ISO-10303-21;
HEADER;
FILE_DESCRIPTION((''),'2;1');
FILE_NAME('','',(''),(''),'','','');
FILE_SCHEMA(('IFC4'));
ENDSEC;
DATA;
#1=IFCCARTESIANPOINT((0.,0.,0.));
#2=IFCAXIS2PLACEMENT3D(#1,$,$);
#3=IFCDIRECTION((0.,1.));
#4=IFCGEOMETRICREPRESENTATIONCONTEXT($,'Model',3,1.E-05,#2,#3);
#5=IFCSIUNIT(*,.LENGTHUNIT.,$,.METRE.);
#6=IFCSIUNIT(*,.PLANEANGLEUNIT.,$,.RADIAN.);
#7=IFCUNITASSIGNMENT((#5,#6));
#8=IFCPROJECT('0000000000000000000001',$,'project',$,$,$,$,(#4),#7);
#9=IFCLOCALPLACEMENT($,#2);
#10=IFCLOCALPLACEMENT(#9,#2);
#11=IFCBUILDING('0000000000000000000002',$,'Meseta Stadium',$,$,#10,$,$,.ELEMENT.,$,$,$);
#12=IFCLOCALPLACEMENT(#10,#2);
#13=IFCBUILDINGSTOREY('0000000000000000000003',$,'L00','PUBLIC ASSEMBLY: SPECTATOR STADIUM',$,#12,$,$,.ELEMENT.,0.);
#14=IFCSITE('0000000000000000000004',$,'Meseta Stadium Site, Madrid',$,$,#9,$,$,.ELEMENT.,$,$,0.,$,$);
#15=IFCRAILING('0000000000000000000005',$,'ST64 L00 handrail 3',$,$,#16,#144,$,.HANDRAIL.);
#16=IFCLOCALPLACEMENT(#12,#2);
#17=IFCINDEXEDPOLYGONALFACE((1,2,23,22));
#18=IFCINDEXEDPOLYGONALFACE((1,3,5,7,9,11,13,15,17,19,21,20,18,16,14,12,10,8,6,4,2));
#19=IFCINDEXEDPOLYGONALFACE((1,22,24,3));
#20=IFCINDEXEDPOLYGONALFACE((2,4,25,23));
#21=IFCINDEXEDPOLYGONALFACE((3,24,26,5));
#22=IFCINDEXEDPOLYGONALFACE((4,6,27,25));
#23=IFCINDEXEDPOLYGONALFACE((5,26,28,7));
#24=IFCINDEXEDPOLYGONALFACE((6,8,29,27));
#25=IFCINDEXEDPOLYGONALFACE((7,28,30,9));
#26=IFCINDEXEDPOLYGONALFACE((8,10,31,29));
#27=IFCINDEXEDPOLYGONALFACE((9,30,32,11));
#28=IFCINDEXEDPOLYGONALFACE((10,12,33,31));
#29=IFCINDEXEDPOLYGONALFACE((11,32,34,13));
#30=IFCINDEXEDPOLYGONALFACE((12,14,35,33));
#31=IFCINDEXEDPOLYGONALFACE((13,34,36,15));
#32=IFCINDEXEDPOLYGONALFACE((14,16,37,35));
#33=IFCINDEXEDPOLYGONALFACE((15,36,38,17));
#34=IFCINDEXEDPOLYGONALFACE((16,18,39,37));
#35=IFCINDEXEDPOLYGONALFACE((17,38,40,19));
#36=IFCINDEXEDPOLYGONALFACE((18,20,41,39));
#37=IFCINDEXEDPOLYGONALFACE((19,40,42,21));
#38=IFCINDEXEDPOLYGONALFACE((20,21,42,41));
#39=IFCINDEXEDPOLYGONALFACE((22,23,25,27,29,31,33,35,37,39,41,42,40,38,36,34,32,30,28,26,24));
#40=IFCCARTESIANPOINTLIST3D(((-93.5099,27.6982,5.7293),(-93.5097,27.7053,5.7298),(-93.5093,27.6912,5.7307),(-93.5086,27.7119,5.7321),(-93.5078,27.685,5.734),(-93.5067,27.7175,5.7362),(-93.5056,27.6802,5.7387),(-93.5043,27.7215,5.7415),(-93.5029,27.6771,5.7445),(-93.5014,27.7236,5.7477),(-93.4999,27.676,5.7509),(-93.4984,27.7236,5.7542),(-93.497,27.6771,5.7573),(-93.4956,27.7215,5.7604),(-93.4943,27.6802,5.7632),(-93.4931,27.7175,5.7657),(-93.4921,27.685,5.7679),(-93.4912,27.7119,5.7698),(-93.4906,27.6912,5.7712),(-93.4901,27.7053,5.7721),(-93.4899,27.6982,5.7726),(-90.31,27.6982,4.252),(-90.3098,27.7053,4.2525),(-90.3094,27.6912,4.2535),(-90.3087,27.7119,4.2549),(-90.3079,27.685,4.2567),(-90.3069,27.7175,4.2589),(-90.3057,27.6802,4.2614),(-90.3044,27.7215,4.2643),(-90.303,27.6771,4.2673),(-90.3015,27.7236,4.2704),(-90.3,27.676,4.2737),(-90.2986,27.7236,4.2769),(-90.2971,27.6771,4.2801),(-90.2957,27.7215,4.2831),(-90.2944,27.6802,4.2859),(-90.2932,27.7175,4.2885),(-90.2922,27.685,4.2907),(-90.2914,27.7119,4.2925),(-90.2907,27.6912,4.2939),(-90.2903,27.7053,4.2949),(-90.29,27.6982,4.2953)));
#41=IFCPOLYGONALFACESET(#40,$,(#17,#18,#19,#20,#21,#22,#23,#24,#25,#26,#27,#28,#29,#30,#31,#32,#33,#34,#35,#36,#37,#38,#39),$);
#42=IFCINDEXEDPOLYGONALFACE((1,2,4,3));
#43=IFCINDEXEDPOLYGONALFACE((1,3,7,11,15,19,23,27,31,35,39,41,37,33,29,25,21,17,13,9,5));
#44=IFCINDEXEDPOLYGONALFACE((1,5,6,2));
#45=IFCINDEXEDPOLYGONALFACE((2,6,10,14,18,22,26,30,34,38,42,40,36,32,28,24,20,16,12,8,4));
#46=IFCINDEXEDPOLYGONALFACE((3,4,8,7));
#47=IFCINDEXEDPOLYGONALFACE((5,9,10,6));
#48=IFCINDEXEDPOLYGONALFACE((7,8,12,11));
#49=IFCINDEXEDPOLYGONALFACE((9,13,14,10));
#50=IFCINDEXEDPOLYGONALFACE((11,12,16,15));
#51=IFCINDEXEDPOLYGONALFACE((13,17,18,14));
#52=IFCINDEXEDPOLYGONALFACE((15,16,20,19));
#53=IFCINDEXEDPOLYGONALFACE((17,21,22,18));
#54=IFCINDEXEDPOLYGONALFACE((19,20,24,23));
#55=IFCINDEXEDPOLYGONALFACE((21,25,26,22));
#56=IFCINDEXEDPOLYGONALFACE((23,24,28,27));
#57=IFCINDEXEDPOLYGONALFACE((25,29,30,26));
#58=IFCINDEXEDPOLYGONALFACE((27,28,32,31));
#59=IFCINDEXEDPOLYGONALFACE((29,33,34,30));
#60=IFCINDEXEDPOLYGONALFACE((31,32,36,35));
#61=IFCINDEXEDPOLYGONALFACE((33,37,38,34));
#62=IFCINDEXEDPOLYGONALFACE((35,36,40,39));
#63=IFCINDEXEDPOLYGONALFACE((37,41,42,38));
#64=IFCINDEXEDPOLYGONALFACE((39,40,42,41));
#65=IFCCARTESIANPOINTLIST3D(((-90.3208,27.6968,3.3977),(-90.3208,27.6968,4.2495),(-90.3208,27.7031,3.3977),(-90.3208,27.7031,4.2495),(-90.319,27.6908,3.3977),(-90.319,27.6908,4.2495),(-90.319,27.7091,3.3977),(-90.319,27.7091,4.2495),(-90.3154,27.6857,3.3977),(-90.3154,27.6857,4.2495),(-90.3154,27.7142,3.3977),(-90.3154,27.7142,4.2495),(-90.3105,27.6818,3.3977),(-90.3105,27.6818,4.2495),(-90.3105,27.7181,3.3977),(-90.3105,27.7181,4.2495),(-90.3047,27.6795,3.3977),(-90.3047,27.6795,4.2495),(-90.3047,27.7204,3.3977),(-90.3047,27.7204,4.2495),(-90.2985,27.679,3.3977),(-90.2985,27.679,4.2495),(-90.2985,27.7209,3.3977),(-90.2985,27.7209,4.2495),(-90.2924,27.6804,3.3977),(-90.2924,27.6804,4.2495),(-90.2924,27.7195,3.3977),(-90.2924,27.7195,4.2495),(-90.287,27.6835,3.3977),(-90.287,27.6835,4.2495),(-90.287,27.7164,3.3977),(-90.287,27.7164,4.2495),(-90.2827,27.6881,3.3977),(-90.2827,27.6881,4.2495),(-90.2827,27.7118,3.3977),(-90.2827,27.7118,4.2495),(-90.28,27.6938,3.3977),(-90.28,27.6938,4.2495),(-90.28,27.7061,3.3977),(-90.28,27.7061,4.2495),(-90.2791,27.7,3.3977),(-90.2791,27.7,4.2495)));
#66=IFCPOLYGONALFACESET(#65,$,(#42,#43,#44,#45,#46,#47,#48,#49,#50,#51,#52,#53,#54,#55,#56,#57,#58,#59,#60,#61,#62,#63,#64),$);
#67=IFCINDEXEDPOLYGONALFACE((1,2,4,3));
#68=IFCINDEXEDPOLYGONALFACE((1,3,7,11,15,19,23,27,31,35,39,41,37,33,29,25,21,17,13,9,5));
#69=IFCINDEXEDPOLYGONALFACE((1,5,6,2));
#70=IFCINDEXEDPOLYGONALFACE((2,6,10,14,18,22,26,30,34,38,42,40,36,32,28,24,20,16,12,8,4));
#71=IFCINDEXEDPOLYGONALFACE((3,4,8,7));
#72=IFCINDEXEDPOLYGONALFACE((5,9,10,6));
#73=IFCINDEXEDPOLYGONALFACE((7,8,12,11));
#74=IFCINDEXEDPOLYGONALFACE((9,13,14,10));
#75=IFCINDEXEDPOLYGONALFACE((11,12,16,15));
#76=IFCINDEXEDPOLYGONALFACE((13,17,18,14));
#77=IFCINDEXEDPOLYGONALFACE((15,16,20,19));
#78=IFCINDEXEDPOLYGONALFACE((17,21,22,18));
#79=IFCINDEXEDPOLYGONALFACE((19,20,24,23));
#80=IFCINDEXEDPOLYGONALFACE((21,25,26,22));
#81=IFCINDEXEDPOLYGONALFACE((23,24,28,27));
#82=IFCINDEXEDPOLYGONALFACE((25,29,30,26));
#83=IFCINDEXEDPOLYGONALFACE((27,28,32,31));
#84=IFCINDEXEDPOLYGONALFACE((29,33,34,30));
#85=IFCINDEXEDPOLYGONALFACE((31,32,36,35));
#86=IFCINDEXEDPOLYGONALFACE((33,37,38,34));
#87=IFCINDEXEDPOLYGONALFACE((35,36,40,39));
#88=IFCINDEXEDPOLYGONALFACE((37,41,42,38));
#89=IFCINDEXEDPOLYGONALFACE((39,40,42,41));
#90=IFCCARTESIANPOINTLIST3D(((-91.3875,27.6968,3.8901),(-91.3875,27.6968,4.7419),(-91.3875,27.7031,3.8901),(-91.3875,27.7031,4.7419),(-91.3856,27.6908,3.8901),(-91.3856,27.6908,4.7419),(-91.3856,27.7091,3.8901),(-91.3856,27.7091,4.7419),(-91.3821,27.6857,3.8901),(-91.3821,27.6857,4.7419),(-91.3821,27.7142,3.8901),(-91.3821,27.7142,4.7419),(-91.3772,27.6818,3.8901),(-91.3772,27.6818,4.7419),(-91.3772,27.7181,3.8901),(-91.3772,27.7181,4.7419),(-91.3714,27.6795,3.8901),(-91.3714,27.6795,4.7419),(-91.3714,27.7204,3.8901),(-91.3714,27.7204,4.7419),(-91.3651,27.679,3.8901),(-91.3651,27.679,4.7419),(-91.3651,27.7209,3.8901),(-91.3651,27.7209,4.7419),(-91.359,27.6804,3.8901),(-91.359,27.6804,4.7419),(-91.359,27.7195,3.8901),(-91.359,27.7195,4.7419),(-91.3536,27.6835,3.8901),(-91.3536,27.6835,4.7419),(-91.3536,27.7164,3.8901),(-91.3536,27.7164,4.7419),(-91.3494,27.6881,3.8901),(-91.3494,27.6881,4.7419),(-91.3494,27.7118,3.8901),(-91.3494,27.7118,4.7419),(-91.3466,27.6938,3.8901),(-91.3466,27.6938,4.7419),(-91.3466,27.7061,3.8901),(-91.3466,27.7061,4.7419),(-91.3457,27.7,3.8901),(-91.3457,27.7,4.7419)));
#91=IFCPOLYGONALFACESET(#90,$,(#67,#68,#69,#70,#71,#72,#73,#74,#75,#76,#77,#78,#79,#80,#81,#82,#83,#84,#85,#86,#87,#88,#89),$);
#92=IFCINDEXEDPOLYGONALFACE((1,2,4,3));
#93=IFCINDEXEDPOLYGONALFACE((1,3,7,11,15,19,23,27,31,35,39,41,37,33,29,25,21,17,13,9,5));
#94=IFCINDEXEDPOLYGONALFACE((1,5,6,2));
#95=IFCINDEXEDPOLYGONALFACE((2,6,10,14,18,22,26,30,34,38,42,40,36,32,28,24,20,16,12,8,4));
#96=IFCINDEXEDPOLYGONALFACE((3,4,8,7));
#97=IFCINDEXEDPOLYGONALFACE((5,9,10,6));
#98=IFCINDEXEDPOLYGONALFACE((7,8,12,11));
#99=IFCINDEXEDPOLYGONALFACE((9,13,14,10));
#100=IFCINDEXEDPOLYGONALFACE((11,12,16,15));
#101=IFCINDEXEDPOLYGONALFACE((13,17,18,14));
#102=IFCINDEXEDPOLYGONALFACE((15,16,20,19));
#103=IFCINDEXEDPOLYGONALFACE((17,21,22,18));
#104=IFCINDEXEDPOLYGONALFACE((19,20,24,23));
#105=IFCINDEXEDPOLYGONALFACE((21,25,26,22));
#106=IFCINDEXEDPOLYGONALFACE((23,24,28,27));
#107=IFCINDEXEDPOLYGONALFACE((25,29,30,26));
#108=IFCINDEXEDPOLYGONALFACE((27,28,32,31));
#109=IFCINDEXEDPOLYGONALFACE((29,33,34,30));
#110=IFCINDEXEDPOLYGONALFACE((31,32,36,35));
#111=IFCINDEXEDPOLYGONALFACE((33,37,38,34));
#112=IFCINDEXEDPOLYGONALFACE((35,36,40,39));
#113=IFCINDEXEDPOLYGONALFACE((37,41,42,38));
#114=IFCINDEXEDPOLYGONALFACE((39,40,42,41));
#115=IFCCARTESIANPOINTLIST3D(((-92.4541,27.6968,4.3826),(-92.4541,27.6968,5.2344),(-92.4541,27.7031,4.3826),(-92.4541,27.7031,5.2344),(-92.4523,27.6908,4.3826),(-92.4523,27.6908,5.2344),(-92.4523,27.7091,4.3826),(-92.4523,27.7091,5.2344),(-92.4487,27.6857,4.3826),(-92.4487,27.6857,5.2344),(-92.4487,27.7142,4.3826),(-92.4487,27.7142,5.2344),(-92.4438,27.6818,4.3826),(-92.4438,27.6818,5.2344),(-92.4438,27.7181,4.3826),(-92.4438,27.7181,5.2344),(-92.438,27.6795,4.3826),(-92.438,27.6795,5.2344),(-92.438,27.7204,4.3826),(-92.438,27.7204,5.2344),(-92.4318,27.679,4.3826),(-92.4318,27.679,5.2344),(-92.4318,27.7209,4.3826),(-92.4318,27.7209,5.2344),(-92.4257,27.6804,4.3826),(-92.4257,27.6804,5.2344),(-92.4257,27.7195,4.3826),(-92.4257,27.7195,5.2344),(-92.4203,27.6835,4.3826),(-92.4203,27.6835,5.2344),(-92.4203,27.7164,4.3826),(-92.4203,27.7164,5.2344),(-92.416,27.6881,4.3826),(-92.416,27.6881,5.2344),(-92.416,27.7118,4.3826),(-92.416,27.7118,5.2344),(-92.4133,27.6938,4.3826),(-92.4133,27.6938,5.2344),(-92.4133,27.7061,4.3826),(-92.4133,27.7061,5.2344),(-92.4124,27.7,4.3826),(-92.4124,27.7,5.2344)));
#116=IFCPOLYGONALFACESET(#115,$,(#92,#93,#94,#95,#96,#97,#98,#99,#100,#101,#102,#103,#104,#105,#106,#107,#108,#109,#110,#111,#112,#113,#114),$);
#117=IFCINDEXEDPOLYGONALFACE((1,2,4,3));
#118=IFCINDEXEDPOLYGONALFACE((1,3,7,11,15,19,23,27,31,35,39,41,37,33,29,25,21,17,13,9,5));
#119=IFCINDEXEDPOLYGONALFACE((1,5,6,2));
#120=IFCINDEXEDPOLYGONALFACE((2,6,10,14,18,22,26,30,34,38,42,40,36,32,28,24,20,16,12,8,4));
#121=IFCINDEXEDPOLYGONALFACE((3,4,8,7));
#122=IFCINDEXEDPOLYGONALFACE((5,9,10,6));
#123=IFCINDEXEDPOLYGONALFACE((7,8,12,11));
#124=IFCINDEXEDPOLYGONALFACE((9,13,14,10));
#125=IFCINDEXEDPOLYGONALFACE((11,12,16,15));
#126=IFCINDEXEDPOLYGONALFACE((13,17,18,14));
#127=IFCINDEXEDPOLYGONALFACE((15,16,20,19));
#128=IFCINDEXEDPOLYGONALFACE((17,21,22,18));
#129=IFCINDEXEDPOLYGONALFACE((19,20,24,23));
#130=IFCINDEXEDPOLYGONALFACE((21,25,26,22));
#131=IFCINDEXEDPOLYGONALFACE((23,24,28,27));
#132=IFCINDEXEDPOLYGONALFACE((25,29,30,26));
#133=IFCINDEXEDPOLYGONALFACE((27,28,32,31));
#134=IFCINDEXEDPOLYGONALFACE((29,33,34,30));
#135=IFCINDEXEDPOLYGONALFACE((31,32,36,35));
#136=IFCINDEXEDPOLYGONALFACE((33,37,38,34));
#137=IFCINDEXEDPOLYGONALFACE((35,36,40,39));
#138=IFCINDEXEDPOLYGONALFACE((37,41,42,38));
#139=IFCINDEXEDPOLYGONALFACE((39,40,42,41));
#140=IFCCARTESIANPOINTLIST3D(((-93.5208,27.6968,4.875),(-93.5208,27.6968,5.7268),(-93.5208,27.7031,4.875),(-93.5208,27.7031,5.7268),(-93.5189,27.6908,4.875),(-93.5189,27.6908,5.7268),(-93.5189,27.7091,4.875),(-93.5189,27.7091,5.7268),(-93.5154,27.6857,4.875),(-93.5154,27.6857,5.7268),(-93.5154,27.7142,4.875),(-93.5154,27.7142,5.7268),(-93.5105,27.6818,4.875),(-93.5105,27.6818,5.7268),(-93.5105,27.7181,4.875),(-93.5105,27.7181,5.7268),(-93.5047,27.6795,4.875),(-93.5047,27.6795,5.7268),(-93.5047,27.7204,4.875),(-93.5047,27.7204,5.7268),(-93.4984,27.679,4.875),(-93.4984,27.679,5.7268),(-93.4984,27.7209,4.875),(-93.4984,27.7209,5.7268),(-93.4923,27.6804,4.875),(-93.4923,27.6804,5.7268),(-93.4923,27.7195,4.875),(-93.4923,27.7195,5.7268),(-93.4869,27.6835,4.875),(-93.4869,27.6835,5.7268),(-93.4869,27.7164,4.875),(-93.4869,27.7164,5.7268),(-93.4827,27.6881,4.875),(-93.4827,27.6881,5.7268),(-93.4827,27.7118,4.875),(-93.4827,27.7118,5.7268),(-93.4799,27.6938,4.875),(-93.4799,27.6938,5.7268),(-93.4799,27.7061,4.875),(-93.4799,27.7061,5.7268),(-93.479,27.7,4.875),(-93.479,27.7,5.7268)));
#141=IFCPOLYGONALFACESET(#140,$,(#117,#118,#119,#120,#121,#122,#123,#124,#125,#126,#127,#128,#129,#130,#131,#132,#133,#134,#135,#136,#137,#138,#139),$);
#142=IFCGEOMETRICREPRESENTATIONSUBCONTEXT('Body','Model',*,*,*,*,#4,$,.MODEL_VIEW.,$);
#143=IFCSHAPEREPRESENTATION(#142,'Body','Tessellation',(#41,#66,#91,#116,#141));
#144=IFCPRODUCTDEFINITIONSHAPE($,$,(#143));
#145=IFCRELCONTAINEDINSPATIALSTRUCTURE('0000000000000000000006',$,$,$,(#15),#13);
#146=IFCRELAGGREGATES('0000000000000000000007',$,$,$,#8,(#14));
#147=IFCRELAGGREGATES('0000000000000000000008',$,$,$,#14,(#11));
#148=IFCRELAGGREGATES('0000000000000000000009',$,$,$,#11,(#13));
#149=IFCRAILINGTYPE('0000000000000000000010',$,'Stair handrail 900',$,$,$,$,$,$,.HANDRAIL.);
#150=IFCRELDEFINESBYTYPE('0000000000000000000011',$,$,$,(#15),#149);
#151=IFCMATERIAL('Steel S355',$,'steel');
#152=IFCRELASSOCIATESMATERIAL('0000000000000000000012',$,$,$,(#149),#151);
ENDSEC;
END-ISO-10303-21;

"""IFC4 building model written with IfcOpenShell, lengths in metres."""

from ifc_helpers import new_model, si_unit, direction, frame, origin, origin_2d, place, context, subcontext, project, spatial, circle, extrude, material, type_object, element, save


model = new_model("IFC4")

# Units and contexts
model_context = context("Model", 3, precision=1e-05, world=origin(), true_north=direction((0.0, 1.0)))
body_context = subcontext(model_context, "Body", "Model", "MODEL_VIEW")
ifc_project = project(units=[si_unit("LENGTHUNIT", "METRE"), si_unit("PLANEANGLEUNIT", "RADIAN")], contexts=[model_context])

# Site, building, storey
site_placement = place(None, origin())
site = spatial("IfcSite", under=ifc_project, at=site_placement, Name="Meseta Stadium Site, Madrid", CompositionType="ELEMENT", RefElevation=0.0)
building_placement = place(site_placement, origin())
building = spatial("IfcBuilding", under=site, at=building_placement, Name="Meseta Stadium", CompositionType="ELEMENT")
storey_placement = place(building_placement, origin())
storey = spatial("IfcBuildingStorey", under=building, at=storey_placement, Name="L00", Description="PUBLIC ASSEMBLY: SPECTATOR STADIUM", CompositionType="ELEMENT", Elevation=0.0)

# Railing
ifc_material_1 = material(Name="Steel S355", Category="steel")
railing_type_1 = type_object("IfcRailingType", Name="Stair handrail 900", PredefinedType="HANDRAIL", material=ifc_material_1)
for number, where, name in (
    (1, (-90.3, 27.7, 3.3977), "ST64 L00 handrail 3"),
):
    element("IfcRailing", number, at=place(storey_placement, frame(where)), inside=storey, type_object=railing_type_1, Name=name, PredefinedType="HANDRAIL", context=body_context, shape_type="SweptSolid", body=[
        extrude(circle(Radius=0.0239, at=origin_2d()), frame((0.0, 0.0, 0.876), z_axis=(-0.907917, 0.0, 0.41915), x_axis=(0.0, -1.0, 0.0)), (0.0, 0.0, 1.0), 3.5244),
        extrude(circle(Radius=0.021, at=origin_2d()), origin(), (0.0, 0.0, 1.0), 0.8518),
        extrude(circle(Radius=0.021, at=origin_2d()), frame((-1.0667, 0.0, 0.4924)), (0.0, 0.0, 1.0), 0.8518),
        extrude(circle(Radius=0.021, at=origin_2d()), frame((-2.1333, 0.0, 0.9849)), (0.0, 0.0, 1.0), 0.8518),
        extrude(circle(Radius=0.021, at=origin_2d()), frame((-3.2, 0.0, 1.4773)), (0.0, 0.0, 1.0), 0.8518),
    ])

save(model, "model.ifc")
